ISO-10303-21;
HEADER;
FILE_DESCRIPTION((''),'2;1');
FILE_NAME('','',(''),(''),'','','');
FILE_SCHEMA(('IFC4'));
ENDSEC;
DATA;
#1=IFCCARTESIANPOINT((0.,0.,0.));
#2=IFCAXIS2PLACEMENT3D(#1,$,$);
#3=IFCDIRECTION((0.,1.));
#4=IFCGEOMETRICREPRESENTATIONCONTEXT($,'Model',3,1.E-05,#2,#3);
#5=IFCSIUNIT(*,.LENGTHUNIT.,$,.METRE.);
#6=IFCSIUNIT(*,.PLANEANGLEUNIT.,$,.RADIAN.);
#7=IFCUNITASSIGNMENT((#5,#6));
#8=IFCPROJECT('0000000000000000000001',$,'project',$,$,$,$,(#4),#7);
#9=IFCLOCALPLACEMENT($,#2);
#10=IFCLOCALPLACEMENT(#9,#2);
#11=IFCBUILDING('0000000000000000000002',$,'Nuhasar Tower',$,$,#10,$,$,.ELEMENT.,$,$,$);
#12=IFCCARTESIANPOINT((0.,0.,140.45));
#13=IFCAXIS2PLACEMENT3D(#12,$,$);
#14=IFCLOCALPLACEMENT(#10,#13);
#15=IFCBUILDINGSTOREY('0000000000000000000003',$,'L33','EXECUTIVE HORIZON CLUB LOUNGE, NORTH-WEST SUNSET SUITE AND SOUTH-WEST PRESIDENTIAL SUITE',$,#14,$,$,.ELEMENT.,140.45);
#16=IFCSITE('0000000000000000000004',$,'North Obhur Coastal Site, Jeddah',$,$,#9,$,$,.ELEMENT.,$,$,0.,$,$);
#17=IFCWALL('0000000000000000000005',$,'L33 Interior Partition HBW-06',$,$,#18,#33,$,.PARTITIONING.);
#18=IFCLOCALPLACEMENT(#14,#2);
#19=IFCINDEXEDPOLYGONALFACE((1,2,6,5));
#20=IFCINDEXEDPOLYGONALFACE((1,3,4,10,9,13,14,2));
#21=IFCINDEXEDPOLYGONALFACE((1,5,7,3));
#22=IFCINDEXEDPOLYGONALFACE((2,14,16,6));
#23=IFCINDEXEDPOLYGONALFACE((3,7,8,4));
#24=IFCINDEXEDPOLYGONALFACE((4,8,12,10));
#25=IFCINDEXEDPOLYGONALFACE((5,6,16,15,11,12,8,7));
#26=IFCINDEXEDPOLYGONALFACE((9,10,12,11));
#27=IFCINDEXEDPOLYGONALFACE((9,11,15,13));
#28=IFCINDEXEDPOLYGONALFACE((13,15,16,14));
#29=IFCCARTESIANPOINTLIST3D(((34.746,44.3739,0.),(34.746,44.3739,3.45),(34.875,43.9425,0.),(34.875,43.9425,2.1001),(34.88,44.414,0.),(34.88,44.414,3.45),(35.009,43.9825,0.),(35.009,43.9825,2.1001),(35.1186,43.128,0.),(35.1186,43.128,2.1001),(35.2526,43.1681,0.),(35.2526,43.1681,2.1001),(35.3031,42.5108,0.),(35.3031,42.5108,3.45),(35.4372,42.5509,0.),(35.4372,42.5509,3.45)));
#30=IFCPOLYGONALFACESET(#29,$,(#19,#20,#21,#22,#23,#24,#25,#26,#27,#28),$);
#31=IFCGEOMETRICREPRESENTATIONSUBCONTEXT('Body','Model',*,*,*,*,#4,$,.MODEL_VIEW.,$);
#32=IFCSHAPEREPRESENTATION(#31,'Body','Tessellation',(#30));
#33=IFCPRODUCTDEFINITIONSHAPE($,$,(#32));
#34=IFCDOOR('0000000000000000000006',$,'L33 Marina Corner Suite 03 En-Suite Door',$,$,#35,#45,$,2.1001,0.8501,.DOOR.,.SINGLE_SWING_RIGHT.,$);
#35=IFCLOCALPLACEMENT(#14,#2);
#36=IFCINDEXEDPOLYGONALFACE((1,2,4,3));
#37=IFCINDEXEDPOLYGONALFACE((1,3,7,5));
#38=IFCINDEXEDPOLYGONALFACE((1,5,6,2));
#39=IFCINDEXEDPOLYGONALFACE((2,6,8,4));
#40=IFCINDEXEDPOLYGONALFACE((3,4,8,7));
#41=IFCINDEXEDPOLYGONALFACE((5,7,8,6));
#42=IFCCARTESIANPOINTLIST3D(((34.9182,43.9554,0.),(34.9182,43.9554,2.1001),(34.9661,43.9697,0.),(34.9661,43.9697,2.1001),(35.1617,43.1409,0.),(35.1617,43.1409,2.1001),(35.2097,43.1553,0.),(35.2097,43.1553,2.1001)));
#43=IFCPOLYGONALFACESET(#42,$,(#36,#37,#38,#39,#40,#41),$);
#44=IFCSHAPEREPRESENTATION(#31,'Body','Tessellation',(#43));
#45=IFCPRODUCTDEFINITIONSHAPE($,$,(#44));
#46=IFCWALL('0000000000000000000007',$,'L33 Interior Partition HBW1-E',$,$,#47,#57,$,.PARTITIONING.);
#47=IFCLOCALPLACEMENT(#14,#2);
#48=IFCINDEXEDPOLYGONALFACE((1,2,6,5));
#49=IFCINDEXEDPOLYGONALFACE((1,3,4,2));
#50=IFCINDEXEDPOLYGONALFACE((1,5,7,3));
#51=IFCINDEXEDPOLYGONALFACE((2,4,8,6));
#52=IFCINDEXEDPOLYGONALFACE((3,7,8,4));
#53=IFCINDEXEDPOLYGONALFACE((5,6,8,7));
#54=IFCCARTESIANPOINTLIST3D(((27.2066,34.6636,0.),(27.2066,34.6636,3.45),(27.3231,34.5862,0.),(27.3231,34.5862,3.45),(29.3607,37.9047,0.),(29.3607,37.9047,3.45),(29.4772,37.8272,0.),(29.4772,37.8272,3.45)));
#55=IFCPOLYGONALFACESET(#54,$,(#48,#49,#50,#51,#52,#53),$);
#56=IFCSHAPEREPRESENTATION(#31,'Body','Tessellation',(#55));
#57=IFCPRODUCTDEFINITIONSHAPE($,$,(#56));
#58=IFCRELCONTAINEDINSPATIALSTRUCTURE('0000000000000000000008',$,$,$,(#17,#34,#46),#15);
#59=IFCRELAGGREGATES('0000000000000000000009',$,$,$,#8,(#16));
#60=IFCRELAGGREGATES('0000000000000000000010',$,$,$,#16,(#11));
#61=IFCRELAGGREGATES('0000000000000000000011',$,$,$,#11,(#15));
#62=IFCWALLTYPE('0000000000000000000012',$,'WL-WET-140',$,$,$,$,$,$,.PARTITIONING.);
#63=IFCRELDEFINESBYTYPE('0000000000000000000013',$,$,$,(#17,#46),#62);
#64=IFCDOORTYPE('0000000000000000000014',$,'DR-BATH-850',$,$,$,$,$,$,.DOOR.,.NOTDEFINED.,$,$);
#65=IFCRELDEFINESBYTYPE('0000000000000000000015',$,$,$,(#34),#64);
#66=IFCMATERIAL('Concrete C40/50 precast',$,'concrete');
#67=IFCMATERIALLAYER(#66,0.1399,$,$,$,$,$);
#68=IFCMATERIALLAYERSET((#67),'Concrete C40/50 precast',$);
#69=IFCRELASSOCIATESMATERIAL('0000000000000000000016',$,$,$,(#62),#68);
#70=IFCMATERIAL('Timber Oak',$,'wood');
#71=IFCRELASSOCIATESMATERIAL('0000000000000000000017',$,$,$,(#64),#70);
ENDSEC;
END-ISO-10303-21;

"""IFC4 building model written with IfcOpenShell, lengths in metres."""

from ifc_helpers import new_model, si_unit, direction, frame, frame_2d, origin, place, context, subcontext, project, spatial, rectangle, extrude, material, layer, layer_set, type_object, element, fill, save


model = new_model("IFC4")

# Units and contexts
model_context = context("Model", 3, precision=1e-05, world=origin(), true_north=direction((0.0, 1.0)))
body_context = subcontext(model_context, "Body", "Model", "MODEL_VIEW")
ifc_project = project(units=[si_unit("LENGTHUNIT", "METRE"), si_unit("PLANEANGLEUNIT", "RADIAN")], contexts=[model_context])

# Site, building, storey
site_placement = place(None, origin())
site = spatial("IfcSite", under=ifc_project, at=site_placement, Name="North Obhur Coastal Site, Jeddah", CompositionType="ELEMENT", RefElevation=0.0)
building_placement = place(site_placement, origin())
building = spatial("IfcBuilding", under=site, at=building_placement, Name="Nuhasar Tower", CompositionType="ELEMENT")
storey_placement = place(building_placement, frame((0.0, 0.0, 140.45)))
storey = spatial("IfcBuildingStorey", under=building, at=storey_placement, Name="L33", Description="EXECUTIVE HORIZON CLUB LOUNGE, NORTH-WEST SUNSET SUITE AND SOUTH-WEST PRESIDENTIAL SUITE", CompositionType="ELEMENT", Elevation=140.45)

# Shared definitions
ifc_material_1 = material(Name="Timber Oak", Category="wood")

# Shared definitions
ifc_material_2 = material(Name="Concrete C40/50 precast", Category="concrete")

# Wall, opening, door
ifc_layer_1 = layer(ifc_material_2, 0.1399)
ifc_layer_set_1 = layer_set([ifc_layer_1], Name="Concrete C40/50 precast")
wall_type_1 = type_object("IfcWallType", Name="WL-WET-140", PredefinedType="PARTITIONING", material=ifc_layer_set_1)
wall_1_placement = place(storey_placement, frame((35.3701, 42.531, 0.0), z_axis=(0.0, 0.0, 1.0), x_axis=(-0.286507, 0.958078, 0.0)))
wall_1 = element("IfcWall", 1, at=wall_1_placement, inside=storey, type_object=wall_type_1, Name="L33 Interior Partition HBW-06", PredefinedType="PARTITIONING", context=body_context, shape_type="SweptSolid", body=[
    extrude(rectangle(XDim=1.9446, YDim=0.1399, at=frame_2d((0.9722, 0.0))), origin(), (0.0, 0.0, 1.0), 3.45),
])
opening_1_placement = place(wall_1_placement, frame((0.644, 0.0, 0.0)))
opening_1 = element("IfcOpeningElement", 2, at=opening_1_placement, cuts=wall_1, PredefinedType="OPENING", context=body_context, shape_type="SweptSolid", body=[
    extrude(rectangle(XDim=0.8501, YDim=2.1001, at=frame_2d((0.425, 1.05))), frame((0.0, 0.0801, 0.0), z_axis=(0.0, -1.0, 0.0), x_axis=(1.0, 0.0, 0.0)), (0.0, 0.0, 1.0), 0.1599),
])
door_type_1 = type_object("IfcDoorType", Name="DR-BATH-850", OperationType="NOTDEFINED", PredefinedType="DOOR", material=ifc_material_1)
door_1_placement = place(opening_1_placement, origin())
door_1 = element("IfcDoor", 3, at=door_1_placement, inside=storey, type_object=door_type_1, Name="L33 Marina Corner Suite 03 En-Suite Door", OperationType="SINGLE_SWING_RIGHT", OverallHeight=2.1001, OverallWidth=0.8501, PredefinedType="DOOR", context=body_context, shape_type="SweptSolid", body=[
    extrude(rectangle(XDim=0.8501, YDim=2.1001, at=frame_2d((0.425, 1.05))), frame((0.0, 0.0249, 0.0), z_axis=(0.0, -1.0, 0.0), x_axis=(1.0, 0.0, 0.0)), (0.0, 0.0, 1.0), 0.05),
])
fill(opening_1, door_1)

# Wall
wall_2_placement = place(storey_placement, frame((29.4189, 37.866, 0.0), z_axis=(0.0, 0.0, 1.0), x_axis=(-0.553527, -0.832831, 0.0)))
element("IfcWall", 4, at=wall_2_placement, inside=storey, type_object=wall_type_1, Name="L33 Interior Partition HBW1-E", PredefinedType="PARTITIONING", context=body_context, shape_type="SweptSolid", body=[
    extrude(rectangle(XDim=3.8916, YDim=0.1399, at=frame_2d((1.9458, 0.0))), origin(), (0.0, 0.0, 1.0), 3.45),
])

save(model, "model.ifc")
